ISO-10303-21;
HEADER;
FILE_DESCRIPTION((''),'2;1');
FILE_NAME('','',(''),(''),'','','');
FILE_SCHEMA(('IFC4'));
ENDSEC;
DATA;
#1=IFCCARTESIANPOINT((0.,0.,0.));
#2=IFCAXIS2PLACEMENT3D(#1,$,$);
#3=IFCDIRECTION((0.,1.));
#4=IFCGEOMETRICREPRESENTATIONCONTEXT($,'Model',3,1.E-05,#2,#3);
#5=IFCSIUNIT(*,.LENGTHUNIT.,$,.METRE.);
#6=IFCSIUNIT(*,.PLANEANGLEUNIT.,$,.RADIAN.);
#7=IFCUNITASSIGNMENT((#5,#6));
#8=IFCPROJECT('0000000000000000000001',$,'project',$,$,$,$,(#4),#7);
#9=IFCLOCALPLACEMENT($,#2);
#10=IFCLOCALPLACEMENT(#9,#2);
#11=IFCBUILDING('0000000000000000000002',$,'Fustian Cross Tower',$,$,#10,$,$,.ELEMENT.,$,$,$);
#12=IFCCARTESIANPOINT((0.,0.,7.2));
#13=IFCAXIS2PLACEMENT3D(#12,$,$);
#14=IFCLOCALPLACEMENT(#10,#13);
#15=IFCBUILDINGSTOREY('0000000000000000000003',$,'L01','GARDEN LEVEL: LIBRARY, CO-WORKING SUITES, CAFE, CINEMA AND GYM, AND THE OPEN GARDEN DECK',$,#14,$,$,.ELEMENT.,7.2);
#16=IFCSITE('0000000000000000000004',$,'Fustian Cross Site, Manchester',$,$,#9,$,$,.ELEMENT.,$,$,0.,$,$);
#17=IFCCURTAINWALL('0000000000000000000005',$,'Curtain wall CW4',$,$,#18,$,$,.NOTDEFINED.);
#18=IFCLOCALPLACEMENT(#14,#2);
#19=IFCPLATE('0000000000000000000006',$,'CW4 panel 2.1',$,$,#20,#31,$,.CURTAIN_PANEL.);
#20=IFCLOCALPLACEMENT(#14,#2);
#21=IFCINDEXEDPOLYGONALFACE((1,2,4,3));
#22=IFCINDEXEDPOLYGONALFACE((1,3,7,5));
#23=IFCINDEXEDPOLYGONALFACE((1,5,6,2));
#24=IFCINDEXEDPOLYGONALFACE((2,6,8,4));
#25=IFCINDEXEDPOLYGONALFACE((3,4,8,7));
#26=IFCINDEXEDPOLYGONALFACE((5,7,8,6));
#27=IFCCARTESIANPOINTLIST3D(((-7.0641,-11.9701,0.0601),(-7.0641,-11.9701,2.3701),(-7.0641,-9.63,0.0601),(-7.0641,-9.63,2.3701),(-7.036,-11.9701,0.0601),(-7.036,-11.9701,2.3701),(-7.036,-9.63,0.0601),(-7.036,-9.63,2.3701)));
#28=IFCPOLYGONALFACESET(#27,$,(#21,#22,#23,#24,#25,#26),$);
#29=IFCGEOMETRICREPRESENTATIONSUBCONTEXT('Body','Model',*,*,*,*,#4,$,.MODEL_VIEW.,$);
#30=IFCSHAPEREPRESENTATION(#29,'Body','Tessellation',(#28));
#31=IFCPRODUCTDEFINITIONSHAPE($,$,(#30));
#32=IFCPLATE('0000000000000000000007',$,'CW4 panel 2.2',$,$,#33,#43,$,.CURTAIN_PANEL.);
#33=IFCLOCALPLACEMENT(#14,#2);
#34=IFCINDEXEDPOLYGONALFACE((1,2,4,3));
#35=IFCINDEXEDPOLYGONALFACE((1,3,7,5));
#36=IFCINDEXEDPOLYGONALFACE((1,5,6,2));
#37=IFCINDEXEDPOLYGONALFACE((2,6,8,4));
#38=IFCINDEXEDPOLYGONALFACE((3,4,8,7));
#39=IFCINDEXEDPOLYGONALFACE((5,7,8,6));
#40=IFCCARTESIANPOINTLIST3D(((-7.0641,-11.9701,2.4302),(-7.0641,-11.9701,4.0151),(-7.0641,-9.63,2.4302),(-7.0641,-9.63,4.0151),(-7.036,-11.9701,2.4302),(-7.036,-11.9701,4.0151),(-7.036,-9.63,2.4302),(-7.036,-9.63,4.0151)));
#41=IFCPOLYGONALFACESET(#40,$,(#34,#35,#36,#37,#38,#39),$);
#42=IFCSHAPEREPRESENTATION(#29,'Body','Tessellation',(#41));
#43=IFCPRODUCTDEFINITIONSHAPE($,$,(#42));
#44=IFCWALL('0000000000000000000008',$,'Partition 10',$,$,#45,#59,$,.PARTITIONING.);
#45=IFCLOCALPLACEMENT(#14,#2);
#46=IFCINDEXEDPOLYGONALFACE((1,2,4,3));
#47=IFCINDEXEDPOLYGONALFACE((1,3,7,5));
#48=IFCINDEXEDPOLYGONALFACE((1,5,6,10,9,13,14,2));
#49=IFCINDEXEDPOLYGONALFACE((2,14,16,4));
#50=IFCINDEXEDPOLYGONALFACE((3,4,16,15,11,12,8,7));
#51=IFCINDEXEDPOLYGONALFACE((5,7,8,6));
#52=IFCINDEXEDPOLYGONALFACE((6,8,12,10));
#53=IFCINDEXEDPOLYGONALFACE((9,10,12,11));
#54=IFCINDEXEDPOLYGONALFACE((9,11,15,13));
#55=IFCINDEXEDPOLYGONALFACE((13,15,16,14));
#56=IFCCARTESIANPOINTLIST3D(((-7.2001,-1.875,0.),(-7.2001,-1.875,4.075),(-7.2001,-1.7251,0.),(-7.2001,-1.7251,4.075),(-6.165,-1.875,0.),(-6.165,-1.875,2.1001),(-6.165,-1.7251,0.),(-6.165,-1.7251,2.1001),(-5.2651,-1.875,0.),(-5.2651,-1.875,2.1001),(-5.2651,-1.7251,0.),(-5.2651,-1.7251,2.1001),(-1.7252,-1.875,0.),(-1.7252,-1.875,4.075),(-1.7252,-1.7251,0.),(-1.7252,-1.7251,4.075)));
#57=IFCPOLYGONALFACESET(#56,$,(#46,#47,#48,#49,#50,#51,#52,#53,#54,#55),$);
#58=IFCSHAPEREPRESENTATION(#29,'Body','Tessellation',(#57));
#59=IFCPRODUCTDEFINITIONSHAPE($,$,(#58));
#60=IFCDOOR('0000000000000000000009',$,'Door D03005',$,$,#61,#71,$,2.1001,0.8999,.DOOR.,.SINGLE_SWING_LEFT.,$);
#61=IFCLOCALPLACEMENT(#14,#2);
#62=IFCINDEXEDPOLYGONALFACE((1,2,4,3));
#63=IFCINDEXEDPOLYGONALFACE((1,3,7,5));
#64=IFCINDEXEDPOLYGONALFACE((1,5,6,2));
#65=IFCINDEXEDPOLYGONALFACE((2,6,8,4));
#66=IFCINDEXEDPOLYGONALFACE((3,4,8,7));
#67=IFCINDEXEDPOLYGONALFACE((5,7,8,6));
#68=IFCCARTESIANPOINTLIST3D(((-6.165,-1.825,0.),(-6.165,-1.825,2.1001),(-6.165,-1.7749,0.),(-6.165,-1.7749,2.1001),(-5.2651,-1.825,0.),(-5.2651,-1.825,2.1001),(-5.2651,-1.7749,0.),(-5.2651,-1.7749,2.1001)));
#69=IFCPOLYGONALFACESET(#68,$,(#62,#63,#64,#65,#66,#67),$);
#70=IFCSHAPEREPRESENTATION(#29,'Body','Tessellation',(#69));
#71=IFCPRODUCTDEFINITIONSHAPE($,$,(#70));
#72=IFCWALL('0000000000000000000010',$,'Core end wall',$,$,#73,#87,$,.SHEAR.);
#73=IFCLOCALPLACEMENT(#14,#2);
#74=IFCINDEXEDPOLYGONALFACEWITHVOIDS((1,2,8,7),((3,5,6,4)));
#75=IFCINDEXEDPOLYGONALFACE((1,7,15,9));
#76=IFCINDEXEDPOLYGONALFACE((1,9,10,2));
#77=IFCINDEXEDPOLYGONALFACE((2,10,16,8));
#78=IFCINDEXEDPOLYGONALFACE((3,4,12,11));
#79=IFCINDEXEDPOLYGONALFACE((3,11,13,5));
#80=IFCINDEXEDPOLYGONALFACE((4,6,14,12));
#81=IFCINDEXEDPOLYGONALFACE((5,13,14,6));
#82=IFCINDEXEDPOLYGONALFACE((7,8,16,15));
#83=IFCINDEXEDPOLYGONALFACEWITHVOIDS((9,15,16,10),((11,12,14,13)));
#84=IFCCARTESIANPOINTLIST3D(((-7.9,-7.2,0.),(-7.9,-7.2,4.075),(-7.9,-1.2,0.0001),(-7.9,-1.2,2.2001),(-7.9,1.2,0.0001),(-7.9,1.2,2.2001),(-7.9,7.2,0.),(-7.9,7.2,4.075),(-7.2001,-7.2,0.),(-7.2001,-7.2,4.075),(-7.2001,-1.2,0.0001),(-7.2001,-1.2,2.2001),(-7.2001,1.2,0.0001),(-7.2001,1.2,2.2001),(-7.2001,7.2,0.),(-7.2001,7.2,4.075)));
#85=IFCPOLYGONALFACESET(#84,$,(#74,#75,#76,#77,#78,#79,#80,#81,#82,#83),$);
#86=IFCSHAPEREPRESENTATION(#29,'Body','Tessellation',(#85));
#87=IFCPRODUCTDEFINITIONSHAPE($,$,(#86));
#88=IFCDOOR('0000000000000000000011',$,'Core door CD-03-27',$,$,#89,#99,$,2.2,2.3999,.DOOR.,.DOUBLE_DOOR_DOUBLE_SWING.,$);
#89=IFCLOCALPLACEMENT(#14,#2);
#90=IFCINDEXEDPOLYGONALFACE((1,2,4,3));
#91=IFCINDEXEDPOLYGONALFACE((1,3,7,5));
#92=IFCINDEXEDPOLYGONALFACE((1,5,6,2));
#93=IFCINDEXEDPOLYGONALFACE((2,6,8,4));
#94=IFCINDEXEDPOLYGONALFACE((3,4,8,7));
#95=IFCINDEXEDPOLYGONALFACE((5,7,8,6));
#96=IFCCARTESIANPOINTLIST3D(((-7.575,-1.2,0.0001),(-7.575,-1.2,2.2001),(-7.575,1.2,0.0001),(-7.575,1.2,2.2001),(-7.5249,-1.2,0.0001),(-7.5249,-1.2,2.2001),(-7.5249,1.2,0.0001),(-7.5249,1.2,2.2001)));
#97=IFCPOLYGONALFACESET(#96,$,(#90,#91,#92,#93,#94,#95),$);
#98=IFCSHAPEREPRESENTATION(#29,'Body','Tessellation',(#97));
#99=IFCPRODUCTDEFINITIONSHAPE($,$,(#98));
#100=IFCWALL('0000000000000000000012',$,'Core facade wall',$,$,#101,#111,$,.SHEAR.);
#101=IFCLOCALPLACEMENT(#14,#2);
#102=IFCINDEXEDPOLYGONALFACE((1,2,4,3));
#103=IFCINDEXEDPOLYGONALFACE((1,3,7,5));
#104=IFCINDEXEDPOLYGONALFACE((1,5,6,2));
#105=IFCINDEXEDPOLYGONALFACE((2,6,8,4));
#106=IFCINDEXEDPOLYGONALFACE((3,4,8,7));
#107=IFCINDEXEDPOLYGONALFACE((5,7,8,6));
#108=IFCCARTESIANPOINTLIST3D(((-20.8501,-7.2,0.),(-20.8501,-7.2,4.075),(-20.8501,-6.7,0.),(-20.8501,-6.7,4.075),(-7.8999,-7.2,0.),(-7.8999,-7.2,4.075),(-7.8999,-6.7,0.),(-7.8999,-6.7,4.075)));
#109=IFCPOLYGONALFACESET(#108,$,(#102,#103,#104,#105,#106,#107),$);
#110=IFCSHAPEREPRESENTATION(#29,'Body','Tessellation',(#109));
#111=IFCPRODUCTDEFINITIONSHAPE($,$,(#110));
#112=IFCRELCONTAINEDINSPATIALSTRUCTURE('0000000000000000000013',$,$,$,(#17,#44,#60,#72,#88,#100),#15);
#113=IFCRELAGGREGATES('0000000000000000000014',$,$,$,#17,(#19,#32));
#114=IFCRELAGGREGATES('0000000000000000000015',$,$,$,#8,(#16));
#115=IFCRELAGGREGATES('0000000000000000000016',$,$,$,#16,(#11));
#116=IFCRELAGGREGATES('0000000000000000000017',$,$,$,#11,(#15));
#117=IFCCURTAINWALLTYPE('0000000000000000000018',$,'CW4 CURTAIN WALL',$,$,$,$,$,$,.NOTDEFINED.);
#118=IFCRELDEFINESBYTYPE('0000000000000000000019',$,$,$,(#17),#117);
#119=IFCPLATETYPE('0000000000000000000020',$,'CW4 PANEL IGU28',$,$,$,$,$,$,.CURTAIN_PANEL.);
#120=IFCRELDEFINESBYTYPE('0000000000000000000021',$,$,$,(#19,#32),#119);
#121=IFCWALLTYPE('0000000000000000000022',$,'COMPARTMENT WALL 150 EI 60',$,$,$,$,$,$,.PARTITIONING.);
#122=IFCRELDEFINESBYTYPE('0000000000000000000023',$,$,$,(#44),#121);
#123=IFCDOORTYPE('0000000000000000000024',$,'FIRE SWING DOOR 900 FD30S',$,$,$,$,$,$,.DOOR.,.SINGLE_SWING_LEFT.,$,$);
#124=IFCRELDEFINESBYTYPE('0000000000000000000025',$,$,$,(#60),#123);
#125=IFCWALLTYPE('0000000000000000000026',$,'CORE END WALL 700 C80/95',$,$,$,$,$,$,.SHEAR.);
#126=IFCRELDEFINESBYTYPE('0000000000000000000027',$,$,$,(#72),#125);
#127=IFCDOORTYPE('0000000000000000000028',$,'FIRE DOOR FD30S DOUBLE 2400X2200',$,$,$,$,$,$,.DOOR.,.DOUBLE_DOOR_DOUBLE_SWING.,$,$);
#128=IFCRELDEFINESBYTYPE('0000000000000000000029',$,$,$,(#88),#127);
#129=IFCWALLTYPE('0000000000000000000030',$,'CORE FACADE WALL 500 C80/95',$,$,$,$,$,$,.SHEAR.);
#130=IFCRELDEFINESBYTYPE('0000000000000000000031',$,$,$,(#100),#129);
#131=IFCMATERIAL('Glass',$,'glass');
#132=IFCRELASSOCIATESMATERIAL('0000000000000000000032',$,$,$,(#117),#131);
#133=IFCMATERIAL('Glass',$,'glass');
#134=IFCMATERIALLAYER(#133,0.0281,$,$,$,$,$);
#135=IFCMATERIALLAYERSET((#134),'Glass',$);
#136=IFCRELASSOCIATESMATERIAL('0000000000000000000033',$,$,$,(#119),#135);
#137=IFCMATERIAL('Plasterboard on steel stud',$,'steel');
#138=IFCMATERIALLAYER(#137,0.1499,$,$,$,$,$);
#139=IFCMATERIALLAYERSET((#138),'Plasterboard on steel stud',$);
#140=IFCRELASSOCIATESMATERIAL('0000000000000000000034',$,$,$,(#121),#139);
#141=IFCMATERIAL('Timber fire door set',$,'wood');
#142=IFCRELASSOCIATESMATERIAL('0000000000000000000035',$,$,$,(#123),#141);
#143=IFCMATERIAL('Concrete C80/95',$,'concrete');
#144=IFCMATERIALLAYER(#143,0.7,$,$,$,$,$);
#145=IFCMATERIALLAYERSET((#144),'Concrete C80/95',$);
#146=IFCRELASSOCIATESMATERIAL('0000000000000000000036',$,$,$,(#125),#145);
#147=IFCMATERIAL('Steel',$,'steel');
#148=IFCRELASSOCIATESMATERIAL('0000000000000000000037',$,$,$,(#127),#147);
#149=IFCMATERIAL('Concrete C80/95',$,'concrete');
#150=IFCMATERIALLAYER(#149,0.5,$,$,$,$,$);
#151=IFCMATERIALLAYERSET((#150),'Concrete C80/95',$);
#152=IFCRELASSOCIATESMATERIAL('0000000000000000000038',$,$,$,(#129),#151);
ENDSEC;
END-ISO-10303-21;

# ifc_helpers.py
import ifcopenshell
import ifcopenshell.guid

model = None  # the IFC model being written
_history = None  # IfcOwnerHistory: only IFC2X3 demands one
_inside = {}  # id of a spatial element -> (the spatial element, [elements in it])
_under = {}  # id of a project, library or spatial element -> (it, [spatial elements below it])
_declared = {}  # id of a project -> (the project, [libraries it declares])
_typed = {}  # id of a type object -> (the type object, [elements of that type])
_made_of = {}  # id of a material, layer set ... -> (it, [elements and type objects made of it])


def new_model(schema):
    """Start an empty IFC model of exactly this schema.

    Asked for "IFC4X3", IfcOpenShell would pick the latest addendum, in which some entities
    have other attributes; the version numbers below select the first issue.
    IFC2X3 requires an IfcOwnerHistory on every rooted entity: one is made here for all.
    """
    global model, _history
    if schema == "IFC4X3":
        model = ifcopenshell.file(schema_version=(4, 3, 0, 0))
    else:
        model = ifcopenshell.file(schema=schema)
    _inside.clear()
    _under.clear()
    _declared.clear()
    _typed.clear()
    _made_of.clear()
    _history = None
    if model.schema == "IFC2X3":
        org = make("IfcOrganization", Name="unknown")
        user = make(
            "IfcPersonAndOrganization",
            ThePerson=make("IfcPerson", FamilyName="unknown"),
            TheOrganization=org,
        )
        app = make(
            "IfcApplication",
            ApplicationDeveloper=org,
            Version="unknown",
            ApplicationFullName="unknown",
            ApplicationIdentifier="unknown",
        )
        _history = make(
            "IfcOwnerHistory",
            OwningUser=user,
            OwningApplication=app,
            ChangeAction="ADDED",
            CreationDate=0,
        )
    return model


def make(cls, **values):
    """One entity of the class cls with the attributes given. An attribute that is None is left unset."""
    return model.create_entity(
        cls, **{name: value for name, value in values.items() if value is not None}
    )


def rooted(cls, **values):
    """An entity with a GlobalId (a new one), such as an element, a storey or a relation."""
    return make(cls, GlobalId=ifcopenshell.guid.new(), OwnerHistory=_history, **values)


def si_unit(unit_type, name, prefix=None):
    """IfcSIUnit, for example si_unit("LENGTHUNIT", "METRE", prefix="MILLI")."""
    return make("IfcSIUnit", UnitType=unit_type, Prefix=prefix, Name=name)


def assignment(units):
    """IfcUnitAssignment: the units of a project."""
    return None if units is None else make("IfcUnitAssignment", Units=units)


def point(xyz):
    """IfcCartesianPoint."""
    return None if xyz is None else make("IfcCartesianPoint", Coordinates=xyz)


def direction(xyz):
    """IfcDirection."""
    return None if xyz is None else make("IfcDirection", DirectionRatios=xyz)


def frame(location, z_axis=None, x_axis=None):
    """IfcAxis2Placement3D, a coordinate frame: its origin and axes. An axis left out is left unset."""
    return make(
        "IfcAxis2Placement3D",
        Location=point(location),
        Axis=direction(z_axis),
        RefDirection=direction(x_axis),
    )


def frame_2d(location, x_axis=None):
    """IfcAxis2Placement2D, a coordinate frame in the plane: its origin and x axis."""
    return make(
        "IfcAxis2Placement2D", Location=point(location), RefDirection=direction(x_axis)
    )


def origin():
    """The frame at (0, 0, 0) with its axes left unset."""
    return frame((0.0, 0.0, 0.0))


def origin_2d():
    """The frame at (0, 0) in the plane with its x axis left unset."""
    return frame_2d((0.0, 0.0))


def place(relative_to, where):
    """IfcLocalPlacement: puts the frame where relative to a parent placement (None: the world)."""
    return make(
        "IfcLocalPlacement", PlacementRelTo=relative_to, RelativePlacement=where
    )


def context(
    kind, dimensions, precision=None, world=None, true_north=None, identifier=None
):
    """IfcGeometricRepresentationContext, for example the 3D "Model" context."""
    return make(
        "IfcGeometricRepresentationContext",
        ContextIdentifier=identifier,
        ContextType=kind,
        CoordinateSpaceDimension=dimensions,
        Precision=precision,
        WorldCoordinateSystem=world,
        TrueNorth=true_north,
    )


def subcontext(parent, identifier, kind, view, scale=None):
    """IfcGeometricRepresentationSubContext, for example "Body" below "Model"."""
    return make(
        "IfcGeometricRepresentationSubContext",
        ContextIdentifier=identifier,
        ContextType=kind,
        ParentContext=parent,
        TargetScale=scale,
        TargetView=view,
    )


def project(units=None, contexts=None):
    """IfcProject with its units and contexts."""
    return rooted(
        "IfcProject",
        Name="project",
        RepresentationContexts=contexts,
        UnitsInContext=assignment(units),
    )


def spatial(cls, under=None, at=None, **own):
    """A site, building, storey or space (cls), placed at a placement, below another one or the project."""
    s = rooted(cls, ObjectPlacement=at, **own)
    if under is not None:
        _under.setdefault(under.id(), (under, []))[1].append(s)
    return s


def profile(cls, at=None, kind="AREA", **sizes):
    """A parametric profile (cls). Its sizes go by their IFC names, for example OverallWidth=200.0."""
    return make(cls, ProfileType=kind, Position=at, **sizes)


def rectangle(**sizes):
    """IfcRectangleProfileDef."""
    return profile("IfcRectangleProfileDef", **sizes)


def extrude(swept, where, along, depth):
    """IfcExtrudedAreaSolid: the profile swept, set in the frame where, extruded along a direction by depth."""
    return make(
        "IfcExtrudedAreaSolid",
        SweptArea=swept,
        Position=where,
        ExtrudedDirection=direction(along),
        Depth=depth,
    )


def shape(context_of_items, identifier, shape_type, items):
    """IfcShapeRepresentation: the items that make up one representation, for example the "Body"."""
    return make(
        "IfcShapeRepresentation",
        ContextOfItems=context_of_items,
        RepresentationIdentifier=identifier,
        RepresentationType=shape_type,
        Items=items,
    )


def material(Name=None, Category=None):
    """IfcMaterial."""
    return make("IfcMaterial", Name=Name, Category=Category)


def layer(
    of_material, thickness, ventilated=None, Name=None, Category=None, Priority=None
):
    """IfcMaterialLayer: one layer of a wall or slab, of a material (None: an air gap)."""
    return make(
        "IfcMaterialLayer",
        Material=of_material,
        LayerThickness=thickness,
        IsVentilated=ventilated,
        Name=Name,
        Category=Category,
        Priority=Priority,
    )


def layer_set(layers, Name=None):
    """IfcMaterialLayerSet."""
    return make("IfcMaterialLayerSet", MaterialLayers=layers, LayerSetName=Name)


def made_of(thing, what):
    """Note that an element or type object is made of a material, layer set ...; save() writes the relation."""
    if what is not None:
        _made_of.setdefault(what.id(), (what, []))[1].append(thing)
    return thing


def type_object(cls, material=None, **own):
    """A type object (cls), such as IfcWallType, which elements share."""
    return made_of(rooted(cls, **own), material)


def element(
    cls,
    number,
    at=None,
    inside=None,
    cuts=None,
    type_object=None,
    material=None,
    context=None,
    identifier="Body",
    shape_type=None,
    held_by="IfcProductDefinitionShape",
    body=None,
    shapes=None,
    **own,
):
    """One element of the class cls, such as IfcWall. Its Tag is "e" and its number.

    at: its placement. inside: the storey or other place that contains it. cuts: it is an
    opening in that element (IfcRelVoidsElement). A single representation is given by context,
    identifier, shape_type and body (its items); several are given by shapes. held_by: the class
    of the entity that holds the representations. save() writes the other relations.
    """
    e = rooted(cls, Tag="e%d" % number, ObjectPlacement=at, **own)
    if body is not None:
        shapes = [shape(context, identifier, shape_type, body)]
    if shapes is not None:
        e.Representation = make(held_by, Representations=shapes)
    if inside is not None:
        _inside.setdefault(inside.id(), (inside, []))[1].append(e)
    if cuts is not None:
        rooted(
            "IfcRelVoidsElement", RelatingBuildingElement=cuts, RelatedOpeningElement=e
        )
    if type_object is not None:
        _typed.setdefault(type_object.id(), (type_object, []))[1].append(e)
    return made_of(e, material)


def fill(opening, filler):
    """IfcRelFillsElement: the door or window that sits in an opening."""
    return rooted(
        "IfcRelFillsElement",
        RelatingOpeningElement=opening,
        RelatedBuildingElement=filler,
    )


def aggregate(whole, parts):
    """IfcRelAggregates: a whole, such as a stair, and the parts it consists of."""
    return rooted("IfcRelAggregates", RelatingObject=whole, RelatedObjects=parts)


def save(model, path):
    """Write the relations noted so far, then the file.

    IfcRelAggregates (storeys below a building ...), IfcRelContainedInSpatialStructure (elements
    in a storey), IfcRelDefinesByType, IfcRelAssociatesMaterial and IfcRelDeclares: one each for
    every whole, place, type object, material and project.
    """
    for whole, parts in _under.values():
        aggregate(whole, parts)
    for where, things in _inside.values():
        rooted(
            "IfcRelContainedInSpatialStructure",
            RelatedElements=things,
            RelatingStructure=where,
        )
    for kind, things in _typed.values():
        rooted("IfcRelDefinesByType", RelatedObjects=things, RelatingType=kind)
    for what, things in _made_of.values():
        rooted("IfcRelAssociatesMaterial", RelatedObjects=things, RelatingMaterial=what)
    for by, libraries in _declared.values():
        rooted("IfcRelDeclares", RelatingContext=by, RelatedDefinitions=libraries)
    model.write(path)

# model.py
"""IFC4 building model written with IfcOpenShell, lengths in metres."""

from ifc_helpers import new_model, si_unit, direction, frame, frame_2d, origin, origin_2d, place, context, subcontext, project, spatial, rectangle, extrude, material, layer, layer_set, type_object, element, fill, aggregate, save


model = new_model("IFC4")

# Units and contexts
model_context = context("Model", 3, precision=1e-05, world=origin(), true_north=direction((0.0, 1.0)))
body_context = subcontext(model_context, "Body", "Model", "MODEL_VIEW")
ifc_project = project(units=[si_unit("LENGTHUNIT", "METRE"), si_unit("PLANEANGLEUNIT", "RADIAN")], contexts=[model_context])

# Site, building, storey
site_placement = place(None, origin())
site = spatial("IfcSite", under=ifc_project, at=site_placement, Name="Fustian Cross Site, Manchester", CompositionType="ELEMENT", RefElevation=0.0)
building_placement = place(site_placement, origin())
building = spatial("IfcBuilding", under=site, at=building_placement, Name="Fustian Cross Tower", CompositionType="ELEMENT")
storey_placement = place(building_placement, frame((0.0, 0.0, 7.2)))
storey = spatial("IfcBuildingStorey", under=building, at=storey_placement, Name="L01", Description="GARDEN LEVEL: LIBRARY, CO-WORKING SUITES, CAFE, CINEMA AND GYM, AND THE OPEN GARDEN DECK", CompositionType="ELEMENT", Elevation=7.2)

# Curtain wall
ifc_material_1 = material(Name="Glass", Category="glass")
curtain_wall_type = type_object("IfcCurtainWallType", Name="CW4 CURTAIN WALL", PredefinedType="NOTDEFINED", material=ifc_material_1)
curtain_wall_placement = place(storey_placement, origin())
curtain_wall = element("IfcCurtainWall", 1, at=curtain_wall_placement, inside=storey, type_object=curtain_wall_type, Name="Curtain wall CW4", PredefinedType="NOTDEFINED")

# Plates
ifc_material_2 = material(Name="Glass", Category="glass")
ifc_layer_1 = layer(ifc_material_2, 0.0281)
ifc_layer_set_1 = layer_set([ifc_layer_1], Name="Glass")
plate_type = type_object("IfcPlateType", Name="CW4 PANEL IGU28", PredefinedType="CURTAIN_PANEL", material=ifc_layer_set_1)
plate_1_placement = place(storey_placement, frame((-7.05, -10.8, 0.0601), z_axis=(0.0, 0.0, 1.0), x_axis=(0.0, -1.0, 0.0)))
plate_1 = element("IfcPlate", 2, at=plate_1_placement, type_object=plate_type, Name="CW4 panel 2.1", PredefinedType="CURTAIN_PANEL", context=body_context, shape_type="SweptSolid", body=[
    extrude(rectangle(XDim=2.3401, YDim=0.0281, at=origin_2d()), origin(), (0.0, 0.0, 1.0), 2.3101),
])
plate_2_placement = place(storey_placement, frame((-7.05, -10.8, 2.4302), z_axis=(0.0, 0.0, 1.0), x_axis=(0.0, -1.0, 0.0)))
plate_2 = element("IfcPlate", 3, at=plate_2_placement, type_object=plate_type, Name="CW4 panel 2.2", PredefinedType="CURTAIN_PANEL", context=body_context, shape_type="SweptSolid", body=[
    extrude(rectangle(XDim=2.3401, YDim=0.0281, at=origin_2d()), origin(), (0.0, 0.0, 1.0), 1.585),
])
aggregate(curtain_wall, [plate_1, plate_2])

# Walls, openings, doors
ifc_material_3 = material(Name="Plasterboard on steel stud", Category="steel")
ifc_layer_2 = layer(ifc_material_3, 0.1499)
ifc_layer_set_2 = layer_set([ifc_layer_2], Name="Plasterboard on steel stud")
wall_type_1 = type_object("IfcWallType", Name="COMPARTMENT WALL 150 EI 60", PredefinedType="PARTITIONING", material=ifc_layer_set_2)
wall_1_placement = place(storey_placement, frame((-7.2, -1.8, 0.0), z_axis=(0.0, 0.0, 1.0), x_axis=(1.0, 0.0, 0.0)))
wall_1 = element("IfcWall", 4, at=wall_1_placement, inside=storey, type_object=wall_type_1, Name="Partition 10", PredefinedType="PARTITIONING", context=body_context, shape_type="SweptSolid", body=[
    extrude(rectangle(XDim=5.4749, YDim=0.1499, at=frame_2d((2.7373, 0.0))), origin(), (0.0, 0.0, 1.0), 4.075),
])
opening_1_placement = place(wall_1_placement, frame((1.0349, 0.0, 0.0)))
opening_1 = element("IfcOpeningElement", 5, at=opening_1_placement, cuts=wall_1, PredefinedType="OPENING", context=body_context, shape_type="SweptSolid", body=[
    extrude(rectangle(XDim=0.8999, YDim=2.1001, at=frame_2d((0.45, 1.05))), frame((0.0, 0.085, 0.0), z_axis=(0.0, -1.0, 0.0), x_axis=(1.0, 0.0, 0.0)), (0.0, 0.0, 1.0), 0.1699),
])
ifc_material_4 = material(Name="Timber fire door set", Category="wood")
door_type_1 = type_object("IfcDoorType", Name="FIRE SWING DOOR 900 FD30S", OperationType="SINGLE_SWING_LEFT", PredefinedType="DOOR", material=ifc_material_4)
door_1_placement = place(opening_1_placement, frame((0.8999, 0.0, 0.0), z_axis=(0.0, 0.0, 1.0), x_axis=(-1.0, 0.0, 0.0)))
door_1 = element("IfcDoor", 6, at=door_1_placement, inside=storey, type_object=door_type_1, Name="Door D03005", OperationType="SINGLE_SWING_LEFT", OverallHeight=2.1001, OverallWidth=0.8999, PredefinedType="DOOR", context=body_context, shape_type="SweptSolid", body=[
    extrude(rectangle(XDim=0.8999, YDim=2.1001, at=frame_2d((0.45, 1.05))), frame((0.0, 0.0249, 0.0), z_axis=(0.0, -1.0, 0.0), x_axis=(1.0, 0.0, 0.0)), (0.0, 0.0, 1.0), 0.05),
])
fill(opening_1, door_1)
ifc_material_5 = material(Name="Concrete C80/95", Category="concrete")
ifc_layer_3 = layer(ifc_material_5, 0.7)
ifc_layer_set_3 = layer_set([ifc_layer_3], Name="Concrete C80/95")
wall_type_2 = type_object("IfcWallType", Name="CORE END WALL 700 C80/95", PredefinedType="SHEAR", material=ifc_layer_set_3)
wall_2_placement = place(storey_placement, frame((-7.55, -7.2, 0.0), z_axis=(0.0, 0.0, 1.0), x_axis=(0.0, 1.0, 0.0)))
wall_2 = element("IfcWall", 7, at=wall_2_placement, inside=storey, type_object=wall_type_2, Name="Core end wall", PredefinedType="SHEAR", context=body_context, shape_type="SweptSolid", body=[
    extrude(rectangle(XDim=14.3999, YDim=0.7, at=frame_2d((7.2, 0.0))), origin(), (0.0, 0.0, 1.0), 4.075),
])
opening_2_placement = place(wall_2_placement, frame((6.0, 0.0, 0.0)))
opening_2 = element("IfcOpeningElement", 8, at=opening_2_placement, cuts=wall_2, PredefinedType="OPENING", context=body_context, shape_type="SweptSolid", body=[
    extrude(rectangle(XDim=2.3999, YDim=2.2, at=frame_2d((1.2, 1.1001))), frame((0.0, 0.3599, 0.0), z_axis=(0.0, -1.0, 0.0), x_axis=(1.0, 0.0, 0.0)), (0.0, 0.0, 1.0), 0.72),
])
ifc_material_6 = material(Name="Steel", Category="steel")
door_type_2 = type_object("IfcDoorType", Name="FIRE DOOR FD30S DOUBLE 2400X2200", OperationType="DOUBLE_DOOR_DOUBLE_SWING", PredefinedType="DOOR", material=ifc_material_6)
door_2_placement = place(opening_2_placement, origin())
door_2 = element("IfcDoor", 9, at=door_2_placement, inside=storey, type_object=door_type_2, Name="Core door CD-03-27", OperationType="DOUBLE_DOOR_DOUBLE_SWING", OverallHeight=2.2, OverallWidth=2.3999, PredefinedType="DOOR", context=body_context, shape_type="SweptSolid", body=[
    extrude(rectangle(XDim=2.3999, YDim=2.2, at=frame_2d((1.2, 1.1001))), frame((0.0, 0.0249, 0.0), z_axis=(0.0, -1.0, 0.0), x_axis=(1.0, 0.0, 0.0)), (0.0, 0.0, 1.0), 0.05),
])
fill(opening_2, door_2)

# Wall
ifc_material_7 = material(Name="Concrete C80/95", Category="concrete")
ifc_layer_4 = layer(ifc_material_7, 0.5)
ifc_layer_set_4 = layer_set([ifc_layer_4], Name="Concrete C80/95")
wall_type_3 = type_object("IfcWallType", Name="CORE FACADE WALL 500 C80/95", PredefinedType="SHEAR", material=ifc_layer_set_4)
wall_3_placement = place(storey_placement, frame((-7.8999, -6.95, 0.0), z_axis=(0.0, 0.0, 1.0), x_axis=(-1.0, 0.0, 0.0)))
element("IfcWall", 10, at=wall_3_placement, inside=storey, type_object=wall_type_3, Name="Core facade wall", PredefinedType="SHEAR", context=body_context, shape_type="SweptSolid", body=[
    extrude(rectangle(XDim=12.9502, YDim=0.5, at=frame_2d((6.4751, 0.0))), origin(), (0.0, 0.0, 1.0), 4.075),
])

save(model, "model.ifc")
